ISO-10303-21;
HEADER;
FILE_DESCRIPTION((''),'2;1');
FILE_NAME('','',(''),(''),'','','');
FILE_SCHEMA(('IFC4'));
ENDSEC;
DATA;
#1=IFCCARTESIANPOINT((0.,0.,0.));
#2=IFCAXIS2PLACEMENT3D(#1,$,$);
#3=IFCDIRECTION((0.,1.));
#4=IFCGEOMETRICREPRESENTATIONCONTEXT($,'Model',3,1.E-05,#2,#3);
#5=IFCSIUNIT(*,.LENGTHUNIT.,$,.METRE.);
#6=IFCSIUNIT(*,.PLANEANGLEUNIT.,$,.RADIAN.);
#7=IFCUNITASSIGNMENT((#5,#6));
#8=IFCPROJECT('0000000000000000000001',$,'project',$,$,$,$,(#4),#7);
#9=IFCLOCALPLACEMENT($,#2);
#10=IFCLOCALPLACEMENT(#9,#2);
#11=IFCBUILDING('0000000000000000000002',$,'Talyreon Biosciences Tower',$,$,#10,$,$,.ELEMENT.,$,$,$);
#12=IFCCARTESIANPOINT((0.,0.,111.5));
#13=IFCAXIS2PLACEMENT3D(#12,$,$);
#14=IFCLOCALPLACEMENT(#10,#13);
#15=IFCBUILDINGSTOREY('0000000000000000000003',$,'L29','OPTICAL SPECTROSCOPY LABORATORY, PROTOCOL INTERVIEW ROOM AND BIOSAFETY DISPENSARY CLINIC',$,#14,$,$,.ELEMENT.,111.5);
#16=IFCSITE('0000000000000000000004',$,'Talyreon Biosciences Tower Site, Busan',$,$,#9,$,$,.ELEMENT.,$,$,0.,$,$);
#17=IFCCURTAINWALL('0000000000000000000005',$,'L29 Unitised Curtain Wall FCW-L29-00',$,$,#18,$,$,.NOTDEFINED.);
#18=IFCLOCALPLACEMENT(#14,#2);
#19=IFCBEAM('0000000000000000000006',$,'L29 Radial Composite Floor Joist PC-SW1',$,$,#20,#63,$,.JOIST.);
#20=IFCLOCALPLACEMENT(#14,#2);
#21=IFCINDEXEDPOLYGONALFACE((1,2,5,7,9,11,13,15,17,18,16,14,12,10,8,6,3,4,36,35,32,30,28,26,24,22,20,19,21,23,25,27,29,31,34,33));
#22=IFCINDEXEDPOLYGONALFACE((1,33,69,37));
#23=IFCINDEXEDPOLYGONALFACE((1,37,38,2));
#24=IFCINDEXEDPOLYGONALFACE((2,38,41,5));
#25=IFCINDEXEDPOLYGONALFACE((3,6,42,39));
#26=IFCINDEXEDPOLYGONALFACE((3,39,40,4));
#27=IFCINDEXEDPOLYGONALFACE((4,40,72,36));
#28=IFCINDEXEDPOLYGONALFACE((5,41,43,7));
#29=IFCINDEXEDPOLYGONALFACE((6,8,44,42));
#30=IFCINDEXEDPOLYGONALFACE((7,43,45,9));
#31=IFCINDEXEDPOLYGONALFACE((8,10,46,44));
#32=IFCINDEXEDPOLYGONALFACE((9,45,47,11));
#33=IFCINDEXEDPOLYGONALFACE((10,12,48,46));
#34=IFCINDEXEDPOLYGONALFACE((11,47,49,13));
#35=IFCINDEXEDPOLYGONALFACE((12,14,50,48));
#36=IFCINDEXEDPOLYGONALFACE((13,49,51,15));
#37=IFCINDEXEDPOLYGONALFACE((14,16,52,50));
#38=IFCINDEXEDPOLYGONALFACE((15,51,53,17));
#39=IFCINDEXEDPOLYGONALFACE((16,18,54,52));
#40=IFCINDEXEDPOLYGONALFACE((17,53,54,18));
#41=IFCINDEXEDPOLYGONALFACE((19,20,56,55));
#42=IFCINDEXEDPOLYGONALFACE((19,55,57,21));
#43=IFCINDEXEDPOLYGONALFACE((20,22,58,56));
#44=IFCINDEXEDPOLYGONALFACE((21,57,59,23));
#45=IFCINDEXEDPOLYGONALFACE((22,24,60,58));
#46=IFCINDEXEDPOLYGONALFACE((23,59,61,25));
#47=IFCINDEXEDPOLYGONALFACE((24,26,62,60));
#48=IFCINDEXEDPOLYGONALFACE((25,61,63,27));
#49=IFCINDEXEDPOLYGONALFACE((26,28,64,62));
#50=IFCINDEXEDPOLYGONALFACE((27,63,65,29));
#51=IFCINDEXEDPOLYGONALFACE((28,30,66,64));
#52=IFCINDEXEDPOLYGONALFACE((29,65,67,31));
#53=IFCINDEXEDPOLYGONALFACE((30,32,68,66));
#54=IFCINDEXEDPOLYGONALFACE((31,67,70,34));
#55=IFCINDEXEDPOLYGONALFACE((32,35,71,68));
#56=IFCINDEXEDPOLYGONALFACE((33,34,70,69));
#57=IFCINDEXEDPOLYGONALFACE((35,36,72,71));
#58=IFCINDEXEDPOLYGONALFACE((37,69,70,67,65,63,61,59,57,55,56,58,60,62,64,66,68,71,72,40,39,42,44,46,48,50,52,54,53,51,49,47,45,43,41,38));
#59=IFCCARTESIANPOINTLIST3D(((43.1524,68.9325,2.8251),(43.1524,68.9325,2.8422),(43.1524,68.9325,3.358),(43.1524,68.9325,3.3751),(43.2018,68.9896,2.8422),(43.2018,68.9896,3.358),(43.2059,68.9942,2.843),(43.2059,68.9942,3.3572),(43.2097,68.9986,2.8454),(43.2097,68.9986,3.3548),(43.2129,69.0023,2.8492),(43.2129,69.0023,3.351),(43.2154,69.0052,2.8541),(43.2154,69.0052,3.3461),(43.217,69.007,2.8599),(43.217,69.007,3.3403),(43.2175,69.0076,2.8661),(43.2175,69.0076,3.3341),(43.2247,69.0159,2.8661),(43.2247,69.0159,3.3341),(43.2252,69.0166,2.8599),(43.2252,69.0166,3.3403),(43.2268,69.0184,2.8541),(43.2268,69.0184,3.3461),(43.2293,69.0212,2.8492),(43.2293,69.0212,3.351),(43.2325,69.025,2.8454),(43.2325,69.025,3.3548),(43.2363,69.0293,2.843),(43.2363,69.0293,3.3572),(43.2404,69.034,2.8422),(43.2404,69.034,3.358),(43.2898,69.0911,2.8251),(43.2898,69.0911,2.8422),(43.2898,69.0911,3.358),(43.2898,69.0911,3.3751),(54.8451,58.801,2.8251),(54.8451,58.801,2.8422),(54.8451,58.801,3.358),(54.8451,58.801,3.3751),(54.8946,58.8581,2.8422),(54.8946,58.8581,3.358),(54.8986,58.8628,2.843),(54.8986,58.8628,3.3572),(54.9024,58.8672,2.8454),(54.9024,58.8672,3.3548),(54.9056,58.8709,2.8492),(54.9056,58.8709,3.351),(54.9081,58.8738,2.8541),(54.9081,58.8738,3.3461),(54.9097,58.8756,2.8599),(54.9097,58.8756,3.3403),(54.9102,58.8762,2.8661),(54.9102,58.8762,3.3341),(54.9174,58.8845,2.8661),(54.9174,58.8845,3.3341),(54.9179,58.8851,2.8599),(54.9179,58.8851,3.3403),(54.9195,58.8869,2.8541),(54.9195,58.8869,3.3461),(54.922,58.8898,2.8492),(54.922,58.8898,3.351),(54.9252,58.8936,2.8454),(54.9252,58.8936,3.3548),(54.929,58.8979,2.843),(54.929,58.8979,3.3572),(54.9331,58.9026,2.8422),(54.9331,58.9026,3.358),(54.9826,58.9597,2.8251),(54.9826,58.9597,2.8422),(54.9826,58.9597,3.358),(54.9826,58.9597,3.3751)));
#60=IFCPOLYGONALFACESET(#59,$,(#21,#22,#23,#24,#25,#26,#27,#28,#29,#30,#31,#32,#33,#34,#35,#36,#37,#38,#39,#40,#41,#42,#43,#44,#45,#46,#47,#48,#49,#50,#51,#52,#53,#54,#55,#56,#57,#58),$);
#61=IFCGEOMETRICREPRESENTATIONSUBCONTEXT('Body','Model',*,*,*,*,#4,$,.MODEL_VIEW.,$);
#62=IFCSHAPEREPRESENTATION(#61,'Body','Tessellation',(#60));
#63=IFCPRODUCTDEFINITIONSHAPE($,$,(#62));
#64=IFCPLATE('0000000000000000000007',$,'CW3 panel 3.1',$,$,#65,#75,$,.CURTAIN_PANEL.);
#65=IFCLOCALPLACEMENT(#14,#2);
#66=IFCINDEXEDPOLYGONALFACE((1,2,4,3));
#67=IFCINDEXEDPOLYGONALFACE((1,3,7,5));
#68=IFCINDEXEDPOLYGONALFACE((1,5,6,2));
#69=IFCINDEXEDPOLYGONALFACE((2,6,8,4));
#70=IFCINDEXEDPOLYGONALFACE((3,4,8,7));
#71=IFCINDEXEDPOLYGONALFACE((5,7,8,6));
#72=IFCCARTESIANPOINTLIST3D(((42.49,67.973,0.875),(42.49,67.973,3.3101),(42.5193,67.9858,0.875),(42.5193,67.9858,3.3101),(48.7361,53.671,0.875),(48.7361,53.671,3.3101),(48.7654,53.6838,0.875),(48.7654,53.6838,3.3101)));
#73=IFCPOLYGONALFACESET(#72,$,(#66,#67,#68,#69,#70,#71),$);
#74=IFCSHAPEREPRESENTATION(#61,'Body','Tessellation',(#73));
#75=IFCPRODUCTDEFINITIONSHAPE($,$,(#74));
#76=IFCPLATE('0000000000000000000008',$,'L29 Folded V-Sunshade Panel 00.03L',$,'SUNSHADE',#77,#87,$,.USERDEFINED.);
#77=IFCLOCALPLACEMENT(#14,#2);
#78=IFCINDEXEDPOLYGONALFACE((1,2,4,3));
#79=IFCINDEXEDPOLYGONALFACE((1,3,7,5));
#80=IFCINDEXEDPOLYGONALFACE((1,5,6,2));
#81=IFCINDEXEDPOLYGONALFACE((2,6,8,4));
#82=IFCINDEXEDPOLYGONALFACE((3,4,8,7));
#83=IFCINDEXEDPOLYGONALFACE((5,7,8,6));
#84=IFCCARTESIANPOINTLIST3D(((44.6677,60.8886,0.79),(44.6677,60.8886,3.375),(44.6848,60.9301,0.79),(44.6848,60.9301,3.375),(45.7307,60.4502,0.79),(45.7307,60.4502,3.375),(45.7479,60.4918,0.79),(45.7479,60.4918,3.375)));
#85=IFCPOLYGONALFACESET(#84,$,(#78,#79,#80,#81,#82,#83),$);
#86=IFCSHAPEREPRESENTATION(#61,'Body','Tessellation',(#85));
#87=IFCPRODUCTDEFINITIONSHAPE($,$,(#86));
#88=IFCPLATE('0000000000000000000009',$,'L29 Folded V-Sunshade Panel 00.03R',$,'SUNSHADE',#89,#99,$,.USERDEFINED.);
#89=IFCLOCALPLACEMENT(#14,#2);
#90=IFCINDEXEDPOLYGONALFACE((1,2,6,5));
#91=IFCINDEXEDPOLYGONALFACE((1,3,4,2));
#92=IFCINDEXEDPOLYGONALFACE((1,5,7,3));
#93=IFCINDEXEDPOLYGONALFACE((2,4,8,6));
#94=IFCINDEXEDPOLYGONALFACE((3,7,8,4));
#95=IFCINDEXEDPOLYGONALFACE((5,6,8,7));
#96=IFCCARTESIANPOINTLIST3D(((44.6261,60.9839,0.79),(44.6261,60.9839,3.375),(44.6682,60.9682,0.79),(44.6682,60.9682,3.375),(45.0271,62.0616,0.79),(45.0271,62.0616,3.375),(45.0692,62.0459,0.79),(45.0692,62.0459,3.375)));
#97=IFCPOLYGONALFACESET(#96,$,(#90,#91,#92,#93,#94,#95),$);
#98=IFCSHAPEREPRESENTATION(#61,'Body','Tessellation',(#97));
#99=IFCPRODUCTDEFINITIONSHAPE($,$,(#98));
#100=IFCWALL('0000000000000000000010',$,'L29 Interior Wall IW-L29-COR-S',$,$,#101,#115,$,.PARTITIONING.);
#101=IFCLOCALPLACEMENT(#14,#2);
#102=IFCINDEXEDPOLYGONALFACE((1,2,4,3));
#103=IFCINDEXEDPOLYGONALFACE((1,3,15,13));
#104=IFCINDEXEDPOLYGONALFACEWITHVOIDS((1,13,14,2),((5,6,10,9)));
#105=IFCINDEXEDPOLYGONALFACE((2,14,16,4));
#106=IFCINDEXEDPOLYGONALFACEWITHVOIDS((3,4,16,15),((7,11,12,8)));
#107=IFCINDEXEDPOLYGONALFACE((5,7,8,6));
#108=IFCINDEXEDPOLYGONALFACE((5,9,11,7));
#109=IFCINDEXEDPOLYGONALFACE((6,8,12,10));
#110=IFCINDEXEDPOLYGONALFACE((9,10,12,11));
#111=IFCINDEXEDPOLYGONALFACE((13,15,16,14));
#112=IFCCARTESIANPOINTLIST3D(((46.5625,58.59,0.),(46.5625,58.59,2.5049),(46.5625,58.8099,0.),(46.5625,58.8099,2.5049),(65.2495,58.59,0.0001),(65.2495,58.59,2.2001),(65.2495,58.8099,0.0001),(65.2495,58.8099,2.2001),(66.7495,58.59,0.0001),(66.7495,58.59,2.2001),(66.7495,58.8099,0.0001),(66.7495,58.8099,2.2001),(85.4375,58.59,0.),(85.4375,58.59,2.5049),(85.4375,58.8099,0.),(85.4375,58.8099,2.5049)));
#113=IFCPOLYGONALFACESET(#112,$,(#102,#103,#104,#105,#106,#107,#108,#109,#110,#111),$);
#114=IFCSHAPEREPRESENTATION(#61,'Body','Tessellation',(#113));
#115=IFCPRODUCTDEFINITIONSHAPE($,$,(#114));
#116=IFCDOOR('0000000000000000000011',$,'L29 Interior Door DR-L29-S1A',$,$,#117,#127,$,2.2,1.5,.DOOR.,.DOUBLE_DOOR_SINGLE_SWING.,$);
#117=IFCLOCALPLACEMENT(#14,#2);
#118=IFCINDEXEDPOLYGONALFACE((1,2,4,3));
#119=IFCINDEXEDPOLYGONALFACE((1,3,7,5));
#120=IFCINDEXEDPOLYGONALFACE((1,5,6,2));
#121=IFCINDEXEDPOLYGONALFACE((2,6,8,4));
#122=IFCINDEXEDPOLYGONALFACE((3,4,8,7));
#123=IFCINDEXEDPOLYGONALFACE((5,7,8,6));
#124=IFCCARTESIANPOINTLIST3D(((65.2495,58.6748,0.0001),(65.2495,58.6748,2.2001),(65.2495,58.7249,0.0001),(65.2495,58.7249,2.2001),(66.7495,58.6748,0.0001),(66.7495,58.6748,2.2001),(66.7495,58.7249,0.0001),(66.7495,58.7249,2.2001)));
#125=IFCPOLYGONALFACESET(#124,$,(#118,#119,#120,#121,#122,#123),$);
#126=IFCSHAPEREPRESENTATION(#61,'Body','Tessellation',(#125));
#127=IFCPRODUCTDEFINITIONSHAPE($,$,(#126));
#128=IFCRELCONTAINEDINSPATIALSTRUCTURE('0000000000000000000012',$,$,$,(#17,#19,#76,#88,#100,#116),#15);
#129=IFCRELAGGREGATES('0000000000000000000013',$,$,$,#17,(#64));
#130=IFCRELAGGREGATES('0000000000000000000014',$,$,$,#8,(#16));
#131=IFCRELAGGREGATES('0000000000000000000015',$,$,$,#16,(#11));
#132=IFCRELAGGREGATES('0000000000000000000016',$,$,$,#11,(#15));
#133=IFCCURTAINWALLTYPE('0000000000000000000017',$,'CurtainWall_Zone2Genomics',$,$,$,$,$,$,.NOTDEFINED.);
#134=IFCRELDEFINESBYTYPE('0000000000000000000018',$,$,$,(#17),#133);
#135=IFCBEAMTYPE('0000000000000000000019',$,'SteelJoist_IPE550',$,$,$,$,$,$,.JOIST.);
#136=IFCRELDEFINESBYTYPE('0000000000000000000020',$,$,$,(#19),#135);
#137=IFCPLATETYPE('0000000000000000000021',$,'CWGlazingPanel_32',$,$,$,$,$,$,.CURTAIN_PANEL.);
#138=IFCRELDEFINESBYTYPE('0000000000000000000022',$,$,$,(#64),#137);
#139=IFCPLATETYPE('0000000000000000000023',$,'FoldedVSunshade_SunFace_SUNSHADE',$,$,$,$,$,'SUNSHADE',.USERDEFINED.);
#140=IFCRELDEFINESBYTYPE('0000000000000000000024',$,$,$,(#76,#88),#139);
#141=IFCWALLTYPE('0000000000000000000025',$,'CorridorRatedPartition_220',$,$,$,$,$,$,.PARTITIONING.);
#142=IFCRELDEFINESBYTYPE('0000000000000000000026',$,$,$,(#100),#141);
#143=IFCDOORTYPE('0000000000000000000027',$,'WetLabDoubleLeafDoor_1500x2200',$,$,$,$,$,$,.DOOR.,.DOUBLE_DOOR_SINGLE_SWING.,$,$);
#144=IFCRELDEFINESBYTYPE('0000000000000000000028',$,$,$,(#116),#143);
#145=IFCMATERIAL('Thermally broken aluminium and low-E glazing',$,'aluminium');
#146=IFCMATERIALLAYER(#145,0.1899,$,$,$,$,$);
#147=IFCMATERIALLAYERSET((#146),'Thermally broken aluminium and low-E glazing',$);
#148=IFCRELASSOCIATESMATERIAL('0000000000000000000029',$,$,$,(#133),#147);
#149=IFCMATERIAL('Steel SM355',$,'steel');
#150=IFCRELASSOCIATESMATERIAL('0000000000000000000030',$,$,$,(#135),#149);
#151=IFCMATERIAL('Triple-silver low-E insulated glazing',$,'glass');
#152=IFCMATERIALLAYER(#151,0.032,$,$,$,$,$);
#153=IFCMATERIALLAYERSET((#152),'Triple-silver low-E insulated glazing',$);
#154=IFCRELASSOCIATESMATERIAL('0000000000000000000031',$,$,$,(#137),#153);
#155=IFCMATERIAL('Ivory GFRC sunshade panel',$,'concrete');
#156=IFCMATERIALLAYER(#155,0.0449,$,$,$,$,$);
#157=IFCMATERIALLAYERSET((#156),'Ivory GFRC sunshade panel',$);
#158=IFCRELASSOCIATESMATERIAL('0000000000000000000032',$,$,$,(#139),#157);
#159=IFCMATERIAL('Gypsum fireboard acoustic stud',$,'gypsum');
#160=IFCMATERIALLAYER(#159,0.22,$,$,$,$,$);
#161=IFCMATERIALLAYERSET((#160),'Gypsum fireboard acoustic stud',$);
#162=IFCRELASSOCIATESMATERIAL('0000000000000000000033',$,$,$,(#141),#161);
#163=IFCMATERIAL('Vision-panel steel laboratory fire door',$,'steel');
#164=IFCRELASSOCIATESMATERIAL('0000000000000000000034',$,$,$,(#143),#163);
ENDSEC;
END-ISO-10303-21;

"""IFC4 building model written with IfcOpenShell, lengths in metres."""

from ifc_helpers import new_model, si_unit, direction, frame, frame_2d, origin, origin_2d, place, context, subcontext, project, spatial, rectangle, i_section, extrude, material, layer, layer_set, material_profile, profile_set, type_object, element, fill, aggregate, save


model = new_model("IFC4")

# Units and contexts
model_context = context("Model", 3, precision=1e-05, world=origin(), true_north=direction((0.0, 1.0)))
body_context = subcontext(model_context, "Body", "Model", "MODEL_VIEW")
ifc_project = project(units=[si_unit("LENGTHUNIT", "METRE"), si_unit("PLANEANGLEUNIT", "RADIAN")], contexts=[model_context])

# Site, building, storey
site_placement = place(None, origin())
site = spatial("IfcSite", under=ifc_project, at=site_placement, Name="Talyreon Biosciences Tower Site, Busan", CompositionType="ELEMENT", RefElevation=0.0)
building_placement = place(site_placement, origin())
building = spatial("IfcBuilding", under=site, at=building_placement, Name="Talyreon Biosciences Tower", CompositionType="ELEMENT")
storey_placement = place(building_placement, frame((0.0, 0.0, 111.5)))
storey = spatial("IfcBuildingStorey", under=building, at=storey_placement, Name="L29", Description="OPTICAL SPECTROSCOPY LABORATORY, PROTOCOL INTERVIEW ROOM AND BIOSAFETY DISPENSARY CLINIC", CompositionType="ELEMENT", Elevation=111.5)

# Curtain wall
ifc_material_1 = material(Name="Thermally broken aluminium and low-E glazing", Category="aluminium")
ifc_layer_1 = layer(ifc_material_1, 0.1899)
ifc_layer_set_1 = layer_set([ifc_layer_1], Name="Thermally broken aluminium and low-E glazing")
curtain_wall_type = type_object("IfcCurtainWallType", Name="CurtainWall_Zone2Genomics", PredefinedType="NOTDEFINED", material=ifc_layer_set_1)
curtain_wall_placement = place(storey_placement, origin())
curtain_wall = element("IfcCurtainWall", 1, at=curtain_wall_placement, inside=storey, type_object=curtain_wall_type, Name="L29 Unitised Curtain Wall FCW-L29-00", PredefinedType="NOTDEFINED")

# Beam
ifc_material_2 = material(Name="Steel SM355", Category="steel")
ifc_material_profile_1 = material_profile(ifc_material_2, i_section(OverallWidth=0.21, OverallDepth=0.55, WebThickness=0.011, FlangeThickness=0.0171, FilletRadius=0.0239, at=origin_2d()), Name="IPE550")
ifc_profile_set_1 = profile_set([ifc_material_profile_1], Name="Steel SM355")
beam_type_1 = type_object("IfcBeamType", Name="SteelJoist_IPE550", PredefinedType="JOIST", material=ifc_profile_set_1)
beam_1_placement = place(storey_placement, frame((54.9138, 58.8804, 3.1001), z_axis=(-0.755761, 0.654847, 0.0), x_axis=(-0.654847, -0.755761, 0.0)))
element("IfcBeam", 2, at=beam_1_placement, inside=storey, type_object=beam_type_1, Name="L29 Radial Composite Floor Joist PC-SW1", PredefinedType="JOIST", context=body_context, shape_type="SweptSolid", body=[
    extrude(i_section(OverallWidth=0.21, OverallDepth=0.55, WebThickness=0.011, FlangeThickness=0.0171, FilletRadius=0.0239, at=origin_2d()), origin(), (0.0, 0.0, 1.0), 15.4714),
])

# Plate
ifc_material_3 = material(Name="Triple-silver low-E insulated glazing", Category="glass")
ifc_layer_2 = layer(ifc_material_3, 0.032)
ifc_layer_set_2 = layer_set([ifc_layer_2], Name="Triple-silver low-E insulated glazing")
plate_type_1 = type_object("IfcPlateType", Name="CWGlazingPanel_32", PredefinedType="CURTAIN_PANEL", material=ifc_layer_set_2)
plate_placement = place(storey_placement, frame((45.6277, 60.8284, 0.875), z_axis=(0.0, 0.0, 1.0), x_axis=(-0.400226, 0.916416, 0.0)))
plate = element("IfcPlate", 3, at=plate_placement, type_object=plate_type_1, Name="CW3 panel 3.1", PredefinedType="CURTAIN_PANEL", context=body_context, shape_type="SweptSolid", body=[
    extrude(rectangle(XDim=15.6064, YDim=0.032, at=origin_2d()), origin(), (0.0, 0.0, 1.0), 2.4351),
])
aggregate(curtain_wall, [plate])

# Plates
ifc_material_4 = material(Name="Ivory GFRC sunshade panel", Category="concrete")
ifc_layer_3 = layer(ifc_material_4, 0.0449)
ifc_layer_set_3 = layer_set([ifc_layer_3], Name="Ivory GFRC sunshade panel")
plate_type_2 = type_object("IfcPlateType", Name="FoldedVSunshade_SunFace_SUNSHADE", ElementType="SUNSHADE", PredefinedType="USERDEFINED", material=ifc_layer_set_3)
for number, where, z_axis, x_axis, name in (
    (4, (45.2078, 60.6902, 0.79), (0.0, 0.0, 1.0), (-0.924493, 0.381199, 0.0), "L29 Folded V-Sunshade Panel 00.03L"),
    (5, (44.8477, 61.5149, 0.79), (0.0, 0.0, 1.0), (0.348703, 0.937233, 0.0), "L29 Folded V-Sunshade Panel 00.03R"),
):
    element("IfcPlate", number, at=place(storey_placement, frame(where, z_axis=z_axis, x_axis=x_axis)), inside=storey, type_object=plate_type_2, Name=name, ObjectType="SUNSHADE", PredefinedType="USERDEFINED", context=body_context, shape_type="SweptSolid", body=[
        extrude(rectangle(XDim=1.1499, YDim=0.0449, at=origin_2d()), origin(), (0.0, 0.0, 1.0), 2.585),
    ])

# Wall, opening, door
ifc_material_5 = material(Name="Gypsum fireboard acoustic stud", Category="gypsum")
ifc_layer_4 = layer(ifc_material_5, 0.22)
ifc_layer_set_4 = layer_set([ifc_layer_4], Name="Gypsum fireboard acoustic stud")
wall_type = type_object("IfcWallType", Name="CorridorRatedPartition_220", PredefinedType="PARTITIONING", material=ifc_layer_set_4)
wall_placement = place(storey_placement, frame((46.5625, 58.7, 0.0), z_axis=(0.0, 0.0, 1.0), x_axis=(1.0, 0.0, 0.0)))
wall = element("IfcWall", 6, at=wall_placement, inside=storey, type_object=wall_type, Name="L29 Interior Wall IW-L29-COR-S", PredefinedType="PARTITIONING", context=body_context, shape_type="SweptSolid", body=[
    extrude(rectangle(XDim=38.875, YDim=0.22, at=frame_2d((19.4375, 0.0))), origin(), (0.0, 0.0, 1.0), 2.5049),
])
opening_placement = place(wall_placement, frame((18.687, 0.0, 0.0)))
opening = element("IfcOpeningElement", 7, at=opening_placement, cuts=wall, PredefinedType="OPENING", context=body_context, shape_type="SweptSolid", body=[
    extrude(rectangle(XDim=1.5, YDim=2.2, at=frame_2d((0.75, 1.1001))), frame((0.0, 0.1199, 0.0), z_axis=(0.0, -1.0, 0.0), x_axis=(1.0, 0.0, 0.0)), (0.0, 0.0, 1.0), 0.24),
])
ifc_material_6 = material(Name="Vision-panel steel laboratory fire door", Category="steel")
door_type = type_object("IfcDoorType", Name="WetLabDoubleLeafDoor_1500x2200", OperationType="DOUBLE_DOOR_SINGLE_SWING", PredefinedType="DOOR", material=ifc_material_6)
door_placement = place(opening_placement, origin())
door = element("IfcDoor", 8, at=door_placement, inside=storey, type_object=door_type, Name="L29 Interior Door DR-L29-S1A", OperationType="DOUBLE_DOOR_SINGLE_SWING", OverallHeight=2.2, OverallWidth=1.5, PredefinedType="DOOR", context=body_context, shape_type="SweptSolid", body=[
    extrude(rectangle(XDim=1.5, YDim=2.2, at=frame_2d((0.75, 1.1001))), frame((0.0, 0.0249, 0.0), z_axis=(0.0, -1.0, 0.0), x_axis=(1.0, 0.0, 0.0)), (0.0, 0.0, 1.0), 0.05),
])
fill(opening, door)

save(model, "model.ifc")
